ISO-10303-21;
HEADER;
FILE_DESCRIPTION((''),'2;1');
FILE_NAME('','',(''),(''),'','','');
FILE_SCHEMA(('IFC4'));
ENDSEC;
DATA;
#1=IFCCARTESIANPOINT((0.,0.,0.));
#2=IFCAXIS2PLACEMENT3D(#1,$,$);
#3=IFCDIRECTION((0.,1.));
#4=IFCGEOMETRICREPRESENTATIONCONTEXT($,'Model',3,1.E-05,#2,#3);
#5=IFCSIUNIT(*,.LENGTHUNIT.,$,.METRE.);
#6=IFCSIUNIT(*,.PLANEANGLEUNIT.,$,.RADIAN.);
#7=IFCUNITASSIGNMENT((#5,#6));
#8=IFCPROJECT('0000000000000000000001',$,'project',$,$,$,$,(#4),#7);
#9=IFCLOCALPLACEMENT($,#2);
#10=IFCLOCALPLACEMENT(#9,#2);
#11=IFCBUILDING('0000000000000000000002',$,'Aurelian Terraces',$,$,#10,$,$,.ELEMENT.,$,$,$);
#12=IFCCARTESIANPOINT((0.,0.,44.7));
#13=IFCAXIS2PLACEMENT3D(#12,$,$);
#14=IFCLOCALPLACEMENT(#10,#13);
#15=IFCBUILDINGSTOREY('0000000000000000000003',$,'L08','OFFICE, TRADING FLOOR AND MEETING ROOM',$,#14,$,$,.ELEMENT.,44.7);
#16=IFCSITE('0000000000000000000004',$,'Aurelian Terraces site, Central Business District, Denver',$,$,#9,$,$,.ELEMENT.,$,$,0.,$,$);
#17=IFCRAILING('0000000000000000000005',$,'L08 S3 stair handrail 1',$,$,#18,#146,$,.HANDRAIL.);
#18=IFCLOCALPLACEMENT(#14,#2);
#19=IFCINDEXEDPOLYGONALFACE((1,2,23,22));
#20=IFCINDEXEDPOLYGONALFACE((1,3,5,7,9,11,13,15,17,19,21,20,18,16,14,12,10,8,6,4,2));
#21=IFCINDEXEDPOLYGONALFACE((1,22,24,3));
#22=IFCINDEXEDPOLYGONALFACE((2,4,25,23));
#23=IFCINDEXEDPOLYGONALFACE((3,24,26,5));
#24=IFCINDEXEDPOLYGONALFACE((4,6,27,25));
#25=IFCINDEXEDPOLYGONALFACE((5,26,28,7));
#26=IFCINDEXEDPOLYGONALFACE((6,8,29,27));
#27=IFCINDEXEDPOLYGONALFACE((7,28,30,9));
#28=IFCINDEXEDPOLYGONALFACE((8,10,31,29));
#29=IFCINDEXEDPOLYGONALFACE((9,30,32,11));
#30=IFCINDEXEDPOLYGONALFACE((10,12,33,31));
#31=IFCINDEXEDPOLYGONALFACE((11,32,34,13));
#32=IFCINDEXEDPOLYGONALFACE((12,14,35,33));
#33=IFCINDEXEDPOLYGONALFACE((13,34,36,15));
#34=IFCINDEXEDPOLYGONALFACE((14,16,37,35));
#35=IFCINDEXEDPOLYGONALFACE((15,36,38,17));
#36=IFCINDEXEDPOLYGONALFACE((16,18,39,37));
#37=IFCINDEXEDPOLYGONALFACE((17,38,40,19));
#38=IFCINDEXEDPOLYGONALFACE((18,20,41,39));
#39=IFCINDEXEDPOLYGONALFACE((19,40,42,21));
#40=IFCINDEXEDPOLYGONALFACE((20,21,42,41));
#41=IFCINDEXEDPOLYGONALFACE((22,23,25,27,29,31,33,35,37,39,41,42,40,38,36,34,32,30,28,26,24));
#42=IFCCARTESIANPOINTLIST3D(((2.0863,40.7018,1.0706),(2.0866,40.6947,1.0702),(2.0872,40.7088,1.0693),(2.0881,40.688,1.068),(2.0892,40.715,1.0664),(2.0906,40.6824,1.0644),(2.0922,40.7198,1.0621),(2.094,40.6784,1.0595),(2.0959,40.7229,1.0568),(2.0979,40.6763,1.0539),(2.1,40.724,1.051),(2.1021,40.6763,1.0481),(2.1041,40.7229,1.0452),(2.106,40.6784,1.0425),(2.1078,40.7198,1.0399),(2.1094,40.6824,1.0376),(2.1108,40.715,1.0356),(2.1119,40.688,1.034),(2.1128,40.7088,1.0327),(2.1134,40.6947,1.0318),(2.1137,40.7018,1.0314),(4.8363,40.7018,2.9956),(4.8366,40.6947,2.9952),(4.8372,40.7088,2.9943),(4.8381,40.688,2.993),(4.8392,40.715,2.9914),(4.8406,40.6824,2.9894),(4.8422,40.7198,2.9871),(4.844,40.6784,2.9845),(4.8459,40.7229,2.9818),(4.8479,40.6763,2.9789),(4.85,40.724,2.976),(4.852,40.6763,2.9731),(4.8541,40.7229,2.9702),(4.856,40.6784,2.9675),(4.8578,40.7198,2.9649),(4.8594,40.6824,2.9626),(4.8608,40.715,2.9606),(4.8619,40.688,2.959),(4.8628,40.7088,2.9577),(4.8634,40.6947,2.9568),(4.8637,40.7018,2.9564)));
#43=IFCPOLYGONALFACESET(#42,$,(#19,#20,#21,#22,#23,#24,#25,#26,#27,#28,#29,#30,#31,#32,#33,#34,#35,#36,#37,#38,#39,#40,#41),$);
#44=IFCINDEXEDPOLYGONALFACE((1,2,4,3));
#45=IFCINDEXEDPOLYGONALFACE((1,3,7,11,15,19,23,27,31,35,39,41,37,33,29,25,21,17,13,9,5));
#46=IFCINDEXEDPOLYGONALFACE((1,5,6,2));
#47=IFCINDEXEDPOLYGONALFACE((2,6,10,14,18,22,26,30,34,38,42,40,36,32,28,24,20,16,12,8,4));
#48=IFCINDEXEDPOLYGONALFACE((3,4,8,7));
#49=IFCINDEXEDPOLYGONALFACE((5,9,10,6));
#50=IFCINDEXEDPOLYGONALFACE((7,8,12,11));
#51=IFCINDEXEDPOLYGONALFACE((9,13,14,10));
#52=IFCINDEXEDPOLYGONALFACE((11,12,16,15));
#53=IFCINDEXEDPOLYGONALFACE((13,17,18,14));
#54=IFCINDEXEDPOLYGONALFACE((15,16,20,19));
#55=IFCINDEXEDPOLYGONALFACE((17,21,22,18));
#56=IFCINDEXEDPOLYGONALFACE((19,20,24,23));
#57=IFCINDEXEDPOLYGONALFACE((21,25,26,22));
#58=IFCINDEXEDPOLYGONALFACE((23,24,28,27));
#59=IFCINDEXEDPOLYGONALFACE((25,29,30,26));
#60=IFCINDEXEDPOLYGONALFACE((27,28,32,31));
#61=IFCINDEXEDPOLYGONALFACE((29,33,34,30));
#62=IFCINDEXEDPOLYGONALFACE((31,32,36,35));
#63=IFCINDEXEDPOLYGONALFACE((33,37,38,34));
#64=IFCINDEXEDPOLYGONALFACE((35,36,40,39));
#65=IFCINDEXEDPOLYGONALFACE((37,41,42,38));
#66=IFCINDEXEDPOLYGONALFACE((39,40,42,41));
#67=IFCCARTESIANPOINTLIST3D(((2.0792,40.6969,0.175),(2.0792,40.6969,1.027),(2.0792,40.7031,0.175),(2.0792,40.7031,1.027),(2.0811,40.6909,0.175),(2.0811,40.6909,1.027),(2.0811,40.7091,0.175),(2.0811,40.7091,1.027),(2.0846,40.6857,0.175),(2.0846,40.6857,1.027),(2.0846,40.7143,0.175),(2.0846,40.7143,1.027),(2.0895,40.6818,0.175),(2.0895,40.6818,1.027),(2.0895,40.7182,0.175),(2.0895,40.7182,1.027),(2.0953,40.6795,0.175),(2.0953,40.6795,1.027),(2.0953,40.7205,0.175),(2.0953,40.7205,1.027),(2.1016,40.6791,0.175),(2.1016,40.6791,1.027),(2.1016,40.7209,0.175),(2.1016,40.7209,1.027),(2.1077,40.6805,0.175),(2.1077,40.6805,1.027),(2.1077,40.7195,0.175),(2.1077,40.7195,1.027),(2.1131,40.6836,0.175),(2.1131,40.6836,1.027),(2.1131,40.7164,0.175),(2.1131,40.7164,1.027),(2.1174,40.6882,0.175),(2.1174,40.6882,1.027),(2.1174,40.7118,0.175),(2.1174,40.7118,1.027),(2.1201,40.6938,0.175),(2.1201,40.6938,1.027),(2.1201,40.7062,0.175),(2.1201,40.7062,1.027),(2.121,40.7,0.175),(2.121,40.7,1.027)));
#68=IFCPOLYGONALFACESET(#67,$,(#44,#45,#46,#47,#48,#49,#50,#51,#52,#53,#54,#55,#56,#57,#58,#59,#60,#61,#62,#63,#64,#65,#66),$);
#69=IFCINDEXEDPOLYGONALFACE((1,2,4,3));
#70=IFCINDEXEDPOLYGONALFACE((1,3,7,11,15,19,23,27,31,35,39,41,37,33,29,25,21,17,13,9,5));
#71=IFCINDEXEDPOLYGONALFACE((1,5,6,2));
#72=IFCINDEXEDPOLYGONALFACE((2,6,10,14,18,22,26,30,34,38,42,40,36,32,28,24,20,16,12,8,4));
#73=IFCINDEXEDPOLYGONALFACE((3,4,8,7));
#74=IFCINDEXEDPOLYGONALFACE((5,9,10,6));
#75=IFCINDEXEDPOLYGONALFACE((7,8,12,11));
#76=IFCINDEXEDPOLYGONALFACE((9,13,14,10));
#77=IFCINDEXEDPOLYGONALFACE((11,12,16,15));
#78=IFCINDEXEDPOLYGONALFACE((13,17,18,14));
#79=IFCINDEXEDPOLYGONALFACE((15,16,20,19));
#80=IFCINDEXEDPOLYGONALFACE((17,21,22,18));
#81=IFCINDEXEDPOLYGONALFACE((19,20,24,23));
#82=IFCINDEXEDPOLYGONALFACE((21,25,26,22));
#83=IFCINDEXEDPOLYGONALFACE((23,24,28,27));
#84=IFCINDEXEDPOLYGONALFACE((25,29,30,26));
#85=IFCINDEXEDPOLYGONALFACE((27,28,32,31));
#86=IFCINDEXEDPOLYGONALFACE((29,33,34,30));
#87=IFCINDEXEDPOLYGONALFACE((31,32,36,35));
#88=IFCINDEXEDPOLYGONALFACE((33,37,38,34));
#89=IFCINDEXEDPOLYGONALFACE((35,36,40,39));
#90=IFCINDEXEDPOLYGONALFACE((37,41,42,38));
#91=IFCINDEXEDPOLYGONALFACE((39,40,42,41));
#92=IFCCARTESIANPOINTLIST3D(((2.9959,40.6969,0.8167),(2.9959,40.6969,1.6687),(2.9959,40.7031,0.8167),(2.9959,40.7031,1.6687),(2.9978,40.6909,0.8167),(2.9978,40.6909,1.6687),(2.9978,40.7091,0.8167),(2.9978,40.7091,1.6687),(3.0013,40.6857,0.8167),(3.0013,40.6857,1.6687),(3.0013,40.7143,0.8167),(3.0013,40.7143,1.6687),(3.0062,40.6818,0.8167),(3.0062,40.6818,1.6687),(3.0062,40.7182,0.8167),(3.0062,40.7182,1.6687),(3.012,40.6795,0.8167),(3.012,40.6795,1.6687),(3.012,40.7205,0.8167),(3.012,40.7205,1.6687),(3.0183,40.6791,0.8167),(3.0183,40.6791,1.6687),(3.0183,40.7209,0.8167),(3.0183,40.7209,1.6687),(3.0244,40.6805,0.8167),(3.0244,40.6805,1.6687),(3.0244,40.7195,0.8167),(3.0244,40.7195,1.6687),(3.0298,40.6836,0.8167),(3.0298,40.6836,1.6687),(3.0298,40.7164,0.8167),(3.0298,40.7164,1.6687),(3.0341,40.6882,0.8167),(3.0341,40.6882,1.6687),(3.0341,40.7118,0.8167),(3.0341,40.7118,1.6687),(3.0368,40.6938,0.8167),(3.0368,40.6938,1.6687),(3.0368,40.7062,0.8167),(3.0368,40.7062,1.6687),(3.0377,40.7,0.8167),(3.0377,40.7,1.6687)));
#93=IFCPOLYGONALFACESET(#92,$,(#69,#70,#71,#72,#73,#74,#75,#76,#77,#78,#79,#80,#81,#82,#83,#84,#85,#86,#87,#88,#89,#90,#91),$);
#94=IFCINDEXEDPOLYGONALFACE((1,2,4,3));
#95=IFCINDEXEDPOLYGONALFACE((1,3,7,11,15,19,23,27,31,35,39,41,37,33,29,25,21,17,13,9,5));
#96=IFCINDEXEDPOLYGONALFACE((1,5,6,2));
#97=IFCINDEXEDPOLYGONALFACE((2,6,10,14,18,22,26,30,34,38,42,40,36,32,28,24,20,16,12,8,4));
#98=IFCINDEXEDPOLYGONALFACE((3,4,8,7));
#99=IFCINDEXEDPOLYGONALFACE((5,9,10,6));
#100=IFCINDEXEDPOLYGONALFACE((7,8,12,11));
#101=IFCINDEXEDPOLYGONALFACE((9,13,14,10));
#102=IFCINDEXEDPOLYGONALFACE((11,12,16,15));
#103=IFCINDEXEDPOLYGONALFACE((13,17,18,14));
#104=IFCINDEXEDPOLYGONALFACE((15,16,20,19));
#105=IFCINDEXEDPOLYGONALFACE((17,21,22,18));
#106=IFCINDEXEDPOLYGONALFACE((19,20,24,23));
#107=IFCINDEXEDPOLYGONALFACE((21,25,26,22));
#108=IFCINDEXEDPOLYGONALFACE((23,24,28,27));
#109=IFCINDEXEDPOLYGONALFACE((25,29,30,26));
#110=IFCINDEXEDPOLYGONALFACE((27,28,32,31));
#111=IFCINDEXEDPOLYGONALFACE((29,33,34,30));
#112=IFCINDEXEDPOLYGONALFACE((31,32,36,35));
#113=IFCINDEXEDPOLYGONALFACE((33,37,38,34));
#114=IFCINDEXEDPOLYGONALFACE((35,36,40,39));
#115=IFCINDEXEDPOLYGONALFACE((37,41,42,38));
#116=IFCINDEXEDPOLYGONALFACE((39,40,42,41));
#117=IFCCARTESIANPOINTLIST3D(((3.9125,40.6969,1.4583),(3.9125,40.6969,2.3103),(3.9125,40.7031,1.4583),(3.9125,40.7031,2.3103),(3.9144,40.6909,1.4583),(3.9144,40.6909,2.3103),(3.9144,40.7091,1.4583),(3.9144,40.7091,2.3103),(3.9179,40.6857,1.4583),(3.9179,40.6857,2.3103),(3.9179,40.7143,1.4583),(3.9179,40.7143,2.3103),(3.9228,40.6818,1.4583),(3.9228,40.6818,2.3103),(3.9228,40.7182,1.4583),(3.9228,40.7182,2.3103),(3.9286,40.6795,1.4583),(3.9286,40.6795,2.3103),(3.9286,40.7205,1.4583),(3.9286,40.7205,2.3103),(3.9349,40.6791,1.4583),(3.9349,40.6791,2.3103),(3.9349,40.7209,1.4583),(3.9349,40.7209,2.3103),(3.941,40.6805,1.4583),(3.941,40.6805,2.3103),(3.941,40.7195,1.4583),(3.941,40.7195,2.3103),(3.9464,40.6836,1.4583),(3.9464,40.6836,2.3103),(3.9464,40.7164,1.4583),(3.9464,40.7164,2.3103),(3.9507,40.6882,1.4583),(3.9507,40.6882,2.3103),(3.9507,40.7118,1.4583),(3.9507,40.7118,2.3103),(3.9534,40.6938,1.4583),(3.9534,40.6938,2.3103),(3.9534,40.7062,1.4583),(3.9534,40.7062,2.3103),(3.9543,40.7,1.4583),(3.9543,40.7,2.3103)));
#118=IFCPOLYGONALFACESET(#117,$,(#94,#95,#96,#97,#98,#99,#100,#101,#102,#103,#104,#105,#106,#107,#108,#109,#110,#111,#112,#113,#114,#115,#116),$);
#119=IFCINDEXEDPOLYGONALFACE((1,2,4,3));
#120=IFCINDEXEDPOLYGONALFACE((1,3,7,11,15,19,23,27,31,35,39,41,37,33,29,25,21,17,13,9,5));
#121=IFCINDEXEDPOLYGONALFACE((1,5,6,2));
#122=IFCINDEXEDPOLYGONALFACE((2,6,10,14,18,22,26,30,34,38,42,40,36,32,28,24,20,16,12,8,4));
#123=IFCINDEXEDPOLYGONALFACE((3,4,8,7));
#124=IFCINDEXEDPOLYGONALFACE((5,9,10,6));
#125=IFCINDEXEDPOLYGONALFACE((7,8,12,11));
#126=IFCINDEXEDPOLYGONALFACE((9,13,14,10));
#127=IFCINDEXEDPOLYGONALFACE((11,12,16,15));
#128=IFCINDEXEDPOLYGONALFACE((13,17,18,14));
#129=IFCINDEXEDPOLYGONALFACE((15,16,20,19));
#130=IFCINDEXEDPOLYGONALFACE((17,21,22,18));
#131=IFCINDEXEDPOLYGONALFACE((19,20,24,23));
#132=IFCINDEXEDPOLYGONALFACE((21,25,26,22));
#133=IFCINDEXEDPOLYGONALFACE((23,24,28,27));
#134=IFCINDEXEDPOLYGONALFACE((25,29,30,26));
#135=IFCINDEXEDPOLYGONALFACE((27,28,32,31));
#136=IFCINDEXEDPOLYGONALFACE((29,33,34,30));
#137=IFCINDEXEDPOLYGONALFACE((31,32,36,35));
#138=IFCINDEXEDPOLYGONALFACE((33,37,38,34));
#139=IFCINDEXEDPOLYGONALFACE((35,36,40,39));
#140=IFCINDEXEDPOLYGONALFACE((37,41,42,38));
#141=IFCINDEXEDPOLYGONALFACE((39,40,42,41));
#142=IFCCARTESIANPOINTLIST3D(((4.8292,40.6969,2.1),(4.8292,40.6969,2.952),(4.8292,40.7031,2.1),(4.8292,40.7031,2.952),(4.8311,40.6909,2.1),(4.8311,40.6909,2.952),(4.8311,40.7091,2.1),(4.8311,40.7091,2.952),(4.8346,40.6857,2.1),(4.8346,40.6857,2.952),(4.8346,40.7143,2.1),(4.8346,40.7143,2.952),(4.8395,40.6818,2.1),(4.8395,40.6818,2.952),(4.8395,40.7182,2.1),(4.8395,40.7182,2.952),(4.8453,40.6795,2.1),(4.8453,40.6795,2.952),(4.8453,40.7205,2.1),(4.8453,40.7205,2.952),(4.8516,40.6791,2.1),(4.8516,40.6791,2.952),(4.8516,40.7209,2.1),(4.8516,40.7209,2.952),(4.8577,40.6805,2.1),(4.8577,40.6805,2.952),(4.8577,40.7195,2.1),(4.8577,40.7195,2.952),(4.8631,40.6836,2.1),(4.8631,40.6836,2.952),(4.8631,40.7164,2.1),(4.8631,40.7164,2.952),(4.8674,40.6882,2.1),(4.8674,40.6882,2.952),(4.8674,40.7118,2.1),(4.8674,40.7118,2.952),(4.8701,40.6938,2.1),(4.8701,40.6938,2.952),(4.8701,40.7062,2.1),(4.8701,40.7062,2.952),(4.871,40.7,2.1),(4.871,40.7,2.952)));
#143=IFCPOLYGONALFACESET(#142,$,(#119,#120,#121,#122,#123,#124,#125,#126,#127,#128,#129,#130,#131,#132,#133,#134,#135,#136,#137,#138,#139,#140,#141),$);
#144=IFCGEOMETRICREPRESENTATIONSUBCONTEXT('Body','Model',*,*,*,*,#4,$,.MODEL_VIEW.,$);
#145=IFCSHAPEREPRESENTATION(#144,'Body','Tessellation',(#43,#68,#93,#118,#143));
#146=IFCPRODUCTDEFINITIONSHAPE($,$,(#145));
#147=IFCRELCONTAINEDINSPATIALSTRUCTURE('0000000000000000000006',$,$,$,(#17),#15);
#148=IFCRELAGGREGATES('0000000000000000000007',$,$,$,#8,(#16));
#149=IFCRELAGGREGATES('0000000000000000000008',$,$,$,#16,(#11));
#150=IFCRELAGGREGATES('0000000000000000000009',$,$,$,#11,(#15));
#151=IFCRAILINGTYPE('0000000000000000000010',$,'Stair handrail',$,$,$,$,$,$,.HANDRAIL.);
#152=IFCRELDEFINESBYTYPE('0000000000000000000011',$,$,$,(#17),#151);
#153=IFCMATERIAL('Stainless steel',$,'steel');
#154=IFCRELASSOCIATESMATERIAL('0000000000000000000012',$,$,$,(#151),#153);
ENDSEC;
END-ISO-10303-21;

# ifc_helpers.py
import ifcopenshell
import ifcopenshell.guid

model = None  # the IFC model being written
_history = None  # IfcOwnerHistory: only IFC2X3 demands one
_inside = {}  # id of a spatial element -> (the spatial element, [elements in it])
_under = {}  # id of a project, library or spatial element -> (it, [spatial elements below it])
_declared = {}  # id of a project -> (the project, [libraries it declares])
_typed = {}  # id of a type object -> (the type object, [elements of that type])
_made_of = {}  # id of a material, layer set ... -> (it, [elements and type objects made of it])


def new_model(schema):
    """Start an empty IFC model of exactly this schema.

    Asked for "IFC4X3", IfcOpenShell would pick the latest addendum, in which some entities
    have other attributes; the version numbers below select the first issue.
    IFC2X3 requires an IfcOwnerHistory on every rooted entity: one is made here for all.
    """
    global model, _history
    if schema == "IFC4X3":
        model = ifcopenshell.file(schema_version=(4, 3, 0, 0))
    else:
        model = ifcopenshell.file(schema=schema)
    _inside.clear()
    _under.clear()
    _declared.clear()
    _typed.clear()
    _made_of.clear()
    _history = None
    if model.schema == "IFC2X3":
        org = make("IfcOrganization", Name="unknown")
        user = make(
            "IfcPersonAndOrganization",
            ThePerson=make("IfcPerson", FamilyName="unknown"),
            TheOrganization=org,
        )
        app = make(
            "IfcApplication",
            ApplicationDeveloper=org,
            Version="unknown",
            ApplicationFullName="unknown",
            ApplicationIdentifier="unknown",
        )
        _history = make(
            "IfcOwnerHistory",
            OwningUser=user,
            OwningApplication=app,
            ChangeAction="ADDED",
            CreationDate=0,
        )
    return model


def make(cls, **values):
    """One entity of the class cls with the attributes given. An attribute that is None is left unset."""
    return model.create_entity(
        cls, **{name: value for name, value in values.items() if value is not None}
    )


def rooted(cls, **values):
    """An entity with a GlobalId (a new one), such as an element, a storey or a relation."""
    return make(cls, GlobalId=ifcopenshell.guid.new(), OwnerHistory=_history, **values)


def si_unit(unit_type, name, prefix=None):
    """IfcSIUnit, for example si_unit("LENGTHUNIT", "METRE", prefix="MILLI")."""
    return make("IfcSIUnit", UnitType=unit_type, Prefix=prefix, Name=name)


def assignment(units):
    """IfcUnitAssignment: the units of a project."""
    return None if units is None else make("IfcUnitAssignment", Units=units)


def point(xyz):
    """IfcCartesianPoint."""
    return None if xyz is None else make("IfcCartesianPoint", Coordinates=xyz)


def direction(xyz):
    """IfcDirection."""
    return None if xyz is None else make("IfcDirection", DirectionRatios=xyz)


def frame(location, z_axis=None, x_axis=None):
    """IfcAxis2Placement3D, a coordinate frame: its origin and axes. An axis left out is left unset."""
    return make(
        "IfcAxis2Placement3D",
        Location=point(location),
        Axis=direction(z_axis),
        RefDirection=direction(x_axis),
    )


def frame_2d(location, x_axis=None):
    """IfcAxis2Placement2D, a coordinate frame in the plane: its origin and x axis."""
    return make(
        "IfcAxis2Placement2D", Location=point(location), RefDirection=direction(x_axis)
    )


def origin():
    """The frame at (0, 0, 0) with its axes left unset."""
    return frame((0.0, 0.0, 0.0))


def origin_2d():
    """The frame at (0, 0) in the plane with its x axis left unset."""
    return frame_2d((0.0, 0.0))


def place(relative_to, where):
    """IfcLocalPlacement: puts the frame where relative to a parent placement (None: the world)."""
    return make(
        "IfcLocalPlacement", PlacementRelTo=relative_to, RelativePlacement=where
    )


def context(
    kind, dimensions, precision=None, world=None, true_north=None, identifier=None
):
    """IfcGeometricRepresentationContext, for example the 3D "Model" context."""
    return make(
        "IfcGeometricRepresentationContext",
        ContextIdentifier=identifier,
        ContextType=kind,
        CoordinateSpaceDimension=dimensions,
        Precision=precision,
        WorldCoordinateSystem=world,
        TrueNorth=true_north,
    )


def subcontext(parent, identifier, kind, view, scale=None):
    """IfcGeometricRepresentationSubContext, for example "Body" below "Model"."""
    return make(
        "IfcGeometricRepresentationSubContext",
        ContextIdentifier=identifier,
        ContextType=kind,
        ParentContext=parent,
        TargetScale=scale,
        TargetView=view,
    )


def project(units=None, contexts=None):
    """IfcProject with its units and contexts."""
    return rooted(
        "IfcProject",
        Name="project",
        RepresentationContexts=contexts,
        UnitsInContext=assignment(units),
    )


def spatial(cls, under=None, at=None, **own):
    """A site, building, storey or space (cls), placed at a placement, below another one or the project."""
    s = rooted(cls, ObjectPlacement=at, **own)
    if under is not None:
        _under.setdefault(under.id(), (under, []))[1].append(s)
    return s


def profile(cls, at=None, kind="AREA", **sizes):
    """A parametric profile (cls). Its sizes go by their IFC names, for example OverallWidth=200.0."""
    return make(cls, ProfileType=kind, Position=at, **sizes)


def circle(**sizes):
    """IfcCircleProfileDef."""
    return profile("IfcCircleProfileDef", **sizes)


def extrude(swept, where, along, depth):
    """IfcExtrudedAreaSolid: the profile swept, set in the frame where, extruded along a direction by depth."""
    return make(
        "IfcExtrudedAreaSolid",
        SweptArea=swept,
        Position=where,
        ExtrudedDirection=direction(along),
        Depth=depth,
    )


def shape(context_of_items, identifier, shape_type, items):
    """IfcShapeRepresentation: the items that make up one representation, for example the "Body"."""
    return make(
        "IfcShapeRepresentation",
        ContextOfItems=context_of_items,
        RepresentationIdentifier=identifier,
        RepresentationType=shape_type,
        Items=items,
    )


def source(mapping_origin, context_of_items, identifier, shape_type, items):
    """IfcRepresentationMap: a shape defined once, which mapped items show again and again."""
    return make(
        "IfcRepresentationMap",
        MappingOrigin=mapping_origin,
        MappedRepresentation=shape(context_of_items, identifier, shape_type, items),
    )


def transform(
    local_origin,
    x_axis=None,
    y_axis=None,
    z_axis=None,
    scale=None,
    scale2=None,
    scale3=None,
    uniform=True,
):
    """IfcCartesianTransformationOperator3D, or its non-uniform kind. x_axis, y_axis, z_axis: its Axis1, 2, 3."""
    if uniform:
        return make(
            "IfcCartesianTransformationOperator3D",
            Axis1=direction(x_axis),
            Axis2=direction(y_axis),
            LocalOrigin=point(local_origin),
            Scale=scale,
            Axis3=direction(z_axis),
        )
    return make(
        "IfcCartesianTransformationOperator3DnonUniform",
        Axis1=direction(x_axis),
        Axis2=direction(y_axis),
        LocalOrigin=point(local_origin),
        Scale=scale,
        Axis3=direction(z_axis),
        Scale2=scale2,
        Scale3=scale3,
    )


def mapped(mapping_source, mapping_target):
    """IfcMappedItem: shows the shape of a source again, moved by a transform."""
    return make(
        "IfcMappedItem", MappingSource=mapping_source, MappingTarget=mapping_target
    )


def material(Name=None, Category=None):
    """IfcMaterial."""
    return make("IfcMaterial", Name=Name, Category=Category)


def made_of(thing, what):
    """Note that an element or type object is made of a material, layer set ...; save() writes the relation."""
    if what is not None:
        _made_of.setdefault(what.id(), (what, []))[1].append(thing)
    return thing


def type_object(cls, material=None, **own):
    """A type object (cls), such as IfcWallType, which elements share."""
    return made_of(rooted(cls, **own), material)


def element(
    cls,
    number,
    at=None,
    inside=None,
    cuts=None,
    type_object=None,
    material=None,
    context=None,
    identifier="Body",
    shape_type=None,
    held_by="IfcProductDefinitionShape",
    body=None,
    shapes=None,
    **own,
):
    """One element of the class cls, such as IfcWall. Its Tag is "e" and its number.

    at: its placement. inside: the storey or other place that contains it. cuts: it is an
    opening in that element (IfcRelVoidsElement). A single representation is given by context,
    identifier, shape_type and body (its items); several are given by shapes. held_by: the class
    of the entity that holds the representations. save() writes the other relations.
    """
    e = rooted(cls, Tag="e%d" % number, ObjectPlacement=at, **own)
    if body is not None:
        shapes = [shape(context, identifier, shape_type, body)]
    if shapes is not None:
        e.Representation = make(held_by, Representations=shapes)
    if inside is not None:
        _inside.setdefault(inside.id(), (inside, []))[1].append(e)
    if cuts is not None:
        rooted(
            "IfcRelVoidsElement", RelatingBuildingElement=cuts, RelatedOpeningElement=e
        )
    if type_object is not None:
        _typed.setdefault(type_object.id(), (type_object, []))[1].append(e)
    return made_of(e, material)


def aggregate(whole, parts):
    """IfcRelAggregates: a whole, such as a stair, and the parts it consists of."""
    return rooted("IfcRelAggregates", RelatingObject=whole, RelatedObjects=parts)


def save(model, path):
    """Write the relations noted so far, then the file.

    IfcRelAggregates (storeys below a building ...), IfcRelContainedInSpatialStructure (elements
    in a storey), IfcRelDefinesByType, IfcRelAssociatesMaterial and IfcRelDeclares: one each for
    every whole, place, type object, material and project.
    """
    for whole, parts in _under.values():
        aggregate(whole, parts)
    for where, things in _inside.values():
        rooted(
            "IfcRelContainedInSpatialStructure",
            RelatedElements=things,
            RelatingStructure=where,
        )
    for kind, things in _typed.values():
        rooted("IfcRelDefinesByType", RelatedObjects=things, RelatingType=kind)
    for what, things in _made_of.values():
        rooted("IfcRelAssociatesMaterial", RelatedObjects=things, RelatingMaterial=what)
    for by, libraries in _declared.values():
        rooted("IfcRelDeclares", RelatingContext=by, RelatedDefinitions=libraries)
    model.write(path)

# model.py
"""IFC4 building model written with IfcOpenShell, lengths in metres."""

from ifc_helpers import new_model, si_unit, direction, frame, origin, origin_2d, place, context, subcontext, project, spatial, circle, extrude, source, transform, mapped, material, type_object, element, save


model = new_model("IFC4")

# Units and contexts
model_context = context("Model", 3, precision=1e-05, world=origin(), true_north=direction((0.0, 1.0)))
body_context = subcontext(model_context, "Body", "Model", "MODEL_VIEW")
ifc_project = project(units=[si_unit("LENGTHUNIT", "METRE"), si_unit("PLANEANGLEUNIT", "RADIAN")], contexts=[model_context])

# Site, building, storey
site_placement = place(None, origin())
site = spatial("IfcSite", under=ifc_project, at=site_placement, Name="Aurelian Terraces site, Central Business District, Denver", CompositionType="ELEMENT", RefElevation=0.0)
building_placement = place(site_placement, origin())
building = spatial("IfcBuilding", under=site, at=building_placement, Name="Aurelian Terraces", CompositionType="ELEMENT")
storey_placement = place(building_placement, frame((0.0, 0.0, 44.7)))
storey = spatial("IfcBuildingStorey", under=building, at=storey_placement, Name="L08", Description="OFFICE, TRADING FLOOR AND MEETING ROOM", CompositionType="ELEMENT", Elevation=44.7)

# Railing
ifc_material_1 = material(Name="Stainless steel", Category="steel")
railing_type_1 = type_object("IfcRailingType", Name="Stair handrail", PredefinedType="HANDRAIL", material=ifc_material_1)
shared_shape_1 = source(origin(), body_context, "Body", "SweptSolid", [
    extrude(circle(Radius=0.024, at=origin_2d()), frame((0.0, 0.0, 0.876), z_axis=(0.819232, 0.0, 0.573462), x_axis=(0.0, 1.0, 0.0)), (0.0, 0.0, 1.0), 3.3568),
    extrude(circle(Radius=0.021, at=origin_2d()), origin(), (0.0, 0.0, 1.0), 0.852),
    extrude(circle(Radius=0.021, at=origin_2d()), frame((0.9167, 0.0, 0.6417)), (0.0, 0.0, 1.0), 0.852),
    extrude(circle(Radius=0.021, at=origin_2d()), frame((1.8333, 0.0, 1.2833)), (0.0, 0.0, 1.0), 0.852),
    extrude(circle(Radius=0.021, at=origin_2d()), frame((2.75, 0.0, 1.925)), (0.0, 0.0, 1.0), 0.852),
])
railing_1_placement = place(storey_placement, frame((2.1, 40.7, 0.175)))
element("IfcRailing", 1, at=railing_1_placement, inside=storey, type_object=railing_type_1, Name="L08 S3 stair handrail 1", PredefinedType="HANDRAIL", context=body_context, shape_type="MappedRepresentation", body=[
    mapped(shared_shape_1, transform((0.0, 0.0, 0.0), scale=1.0)),
])

save(model, "model.ifc")
